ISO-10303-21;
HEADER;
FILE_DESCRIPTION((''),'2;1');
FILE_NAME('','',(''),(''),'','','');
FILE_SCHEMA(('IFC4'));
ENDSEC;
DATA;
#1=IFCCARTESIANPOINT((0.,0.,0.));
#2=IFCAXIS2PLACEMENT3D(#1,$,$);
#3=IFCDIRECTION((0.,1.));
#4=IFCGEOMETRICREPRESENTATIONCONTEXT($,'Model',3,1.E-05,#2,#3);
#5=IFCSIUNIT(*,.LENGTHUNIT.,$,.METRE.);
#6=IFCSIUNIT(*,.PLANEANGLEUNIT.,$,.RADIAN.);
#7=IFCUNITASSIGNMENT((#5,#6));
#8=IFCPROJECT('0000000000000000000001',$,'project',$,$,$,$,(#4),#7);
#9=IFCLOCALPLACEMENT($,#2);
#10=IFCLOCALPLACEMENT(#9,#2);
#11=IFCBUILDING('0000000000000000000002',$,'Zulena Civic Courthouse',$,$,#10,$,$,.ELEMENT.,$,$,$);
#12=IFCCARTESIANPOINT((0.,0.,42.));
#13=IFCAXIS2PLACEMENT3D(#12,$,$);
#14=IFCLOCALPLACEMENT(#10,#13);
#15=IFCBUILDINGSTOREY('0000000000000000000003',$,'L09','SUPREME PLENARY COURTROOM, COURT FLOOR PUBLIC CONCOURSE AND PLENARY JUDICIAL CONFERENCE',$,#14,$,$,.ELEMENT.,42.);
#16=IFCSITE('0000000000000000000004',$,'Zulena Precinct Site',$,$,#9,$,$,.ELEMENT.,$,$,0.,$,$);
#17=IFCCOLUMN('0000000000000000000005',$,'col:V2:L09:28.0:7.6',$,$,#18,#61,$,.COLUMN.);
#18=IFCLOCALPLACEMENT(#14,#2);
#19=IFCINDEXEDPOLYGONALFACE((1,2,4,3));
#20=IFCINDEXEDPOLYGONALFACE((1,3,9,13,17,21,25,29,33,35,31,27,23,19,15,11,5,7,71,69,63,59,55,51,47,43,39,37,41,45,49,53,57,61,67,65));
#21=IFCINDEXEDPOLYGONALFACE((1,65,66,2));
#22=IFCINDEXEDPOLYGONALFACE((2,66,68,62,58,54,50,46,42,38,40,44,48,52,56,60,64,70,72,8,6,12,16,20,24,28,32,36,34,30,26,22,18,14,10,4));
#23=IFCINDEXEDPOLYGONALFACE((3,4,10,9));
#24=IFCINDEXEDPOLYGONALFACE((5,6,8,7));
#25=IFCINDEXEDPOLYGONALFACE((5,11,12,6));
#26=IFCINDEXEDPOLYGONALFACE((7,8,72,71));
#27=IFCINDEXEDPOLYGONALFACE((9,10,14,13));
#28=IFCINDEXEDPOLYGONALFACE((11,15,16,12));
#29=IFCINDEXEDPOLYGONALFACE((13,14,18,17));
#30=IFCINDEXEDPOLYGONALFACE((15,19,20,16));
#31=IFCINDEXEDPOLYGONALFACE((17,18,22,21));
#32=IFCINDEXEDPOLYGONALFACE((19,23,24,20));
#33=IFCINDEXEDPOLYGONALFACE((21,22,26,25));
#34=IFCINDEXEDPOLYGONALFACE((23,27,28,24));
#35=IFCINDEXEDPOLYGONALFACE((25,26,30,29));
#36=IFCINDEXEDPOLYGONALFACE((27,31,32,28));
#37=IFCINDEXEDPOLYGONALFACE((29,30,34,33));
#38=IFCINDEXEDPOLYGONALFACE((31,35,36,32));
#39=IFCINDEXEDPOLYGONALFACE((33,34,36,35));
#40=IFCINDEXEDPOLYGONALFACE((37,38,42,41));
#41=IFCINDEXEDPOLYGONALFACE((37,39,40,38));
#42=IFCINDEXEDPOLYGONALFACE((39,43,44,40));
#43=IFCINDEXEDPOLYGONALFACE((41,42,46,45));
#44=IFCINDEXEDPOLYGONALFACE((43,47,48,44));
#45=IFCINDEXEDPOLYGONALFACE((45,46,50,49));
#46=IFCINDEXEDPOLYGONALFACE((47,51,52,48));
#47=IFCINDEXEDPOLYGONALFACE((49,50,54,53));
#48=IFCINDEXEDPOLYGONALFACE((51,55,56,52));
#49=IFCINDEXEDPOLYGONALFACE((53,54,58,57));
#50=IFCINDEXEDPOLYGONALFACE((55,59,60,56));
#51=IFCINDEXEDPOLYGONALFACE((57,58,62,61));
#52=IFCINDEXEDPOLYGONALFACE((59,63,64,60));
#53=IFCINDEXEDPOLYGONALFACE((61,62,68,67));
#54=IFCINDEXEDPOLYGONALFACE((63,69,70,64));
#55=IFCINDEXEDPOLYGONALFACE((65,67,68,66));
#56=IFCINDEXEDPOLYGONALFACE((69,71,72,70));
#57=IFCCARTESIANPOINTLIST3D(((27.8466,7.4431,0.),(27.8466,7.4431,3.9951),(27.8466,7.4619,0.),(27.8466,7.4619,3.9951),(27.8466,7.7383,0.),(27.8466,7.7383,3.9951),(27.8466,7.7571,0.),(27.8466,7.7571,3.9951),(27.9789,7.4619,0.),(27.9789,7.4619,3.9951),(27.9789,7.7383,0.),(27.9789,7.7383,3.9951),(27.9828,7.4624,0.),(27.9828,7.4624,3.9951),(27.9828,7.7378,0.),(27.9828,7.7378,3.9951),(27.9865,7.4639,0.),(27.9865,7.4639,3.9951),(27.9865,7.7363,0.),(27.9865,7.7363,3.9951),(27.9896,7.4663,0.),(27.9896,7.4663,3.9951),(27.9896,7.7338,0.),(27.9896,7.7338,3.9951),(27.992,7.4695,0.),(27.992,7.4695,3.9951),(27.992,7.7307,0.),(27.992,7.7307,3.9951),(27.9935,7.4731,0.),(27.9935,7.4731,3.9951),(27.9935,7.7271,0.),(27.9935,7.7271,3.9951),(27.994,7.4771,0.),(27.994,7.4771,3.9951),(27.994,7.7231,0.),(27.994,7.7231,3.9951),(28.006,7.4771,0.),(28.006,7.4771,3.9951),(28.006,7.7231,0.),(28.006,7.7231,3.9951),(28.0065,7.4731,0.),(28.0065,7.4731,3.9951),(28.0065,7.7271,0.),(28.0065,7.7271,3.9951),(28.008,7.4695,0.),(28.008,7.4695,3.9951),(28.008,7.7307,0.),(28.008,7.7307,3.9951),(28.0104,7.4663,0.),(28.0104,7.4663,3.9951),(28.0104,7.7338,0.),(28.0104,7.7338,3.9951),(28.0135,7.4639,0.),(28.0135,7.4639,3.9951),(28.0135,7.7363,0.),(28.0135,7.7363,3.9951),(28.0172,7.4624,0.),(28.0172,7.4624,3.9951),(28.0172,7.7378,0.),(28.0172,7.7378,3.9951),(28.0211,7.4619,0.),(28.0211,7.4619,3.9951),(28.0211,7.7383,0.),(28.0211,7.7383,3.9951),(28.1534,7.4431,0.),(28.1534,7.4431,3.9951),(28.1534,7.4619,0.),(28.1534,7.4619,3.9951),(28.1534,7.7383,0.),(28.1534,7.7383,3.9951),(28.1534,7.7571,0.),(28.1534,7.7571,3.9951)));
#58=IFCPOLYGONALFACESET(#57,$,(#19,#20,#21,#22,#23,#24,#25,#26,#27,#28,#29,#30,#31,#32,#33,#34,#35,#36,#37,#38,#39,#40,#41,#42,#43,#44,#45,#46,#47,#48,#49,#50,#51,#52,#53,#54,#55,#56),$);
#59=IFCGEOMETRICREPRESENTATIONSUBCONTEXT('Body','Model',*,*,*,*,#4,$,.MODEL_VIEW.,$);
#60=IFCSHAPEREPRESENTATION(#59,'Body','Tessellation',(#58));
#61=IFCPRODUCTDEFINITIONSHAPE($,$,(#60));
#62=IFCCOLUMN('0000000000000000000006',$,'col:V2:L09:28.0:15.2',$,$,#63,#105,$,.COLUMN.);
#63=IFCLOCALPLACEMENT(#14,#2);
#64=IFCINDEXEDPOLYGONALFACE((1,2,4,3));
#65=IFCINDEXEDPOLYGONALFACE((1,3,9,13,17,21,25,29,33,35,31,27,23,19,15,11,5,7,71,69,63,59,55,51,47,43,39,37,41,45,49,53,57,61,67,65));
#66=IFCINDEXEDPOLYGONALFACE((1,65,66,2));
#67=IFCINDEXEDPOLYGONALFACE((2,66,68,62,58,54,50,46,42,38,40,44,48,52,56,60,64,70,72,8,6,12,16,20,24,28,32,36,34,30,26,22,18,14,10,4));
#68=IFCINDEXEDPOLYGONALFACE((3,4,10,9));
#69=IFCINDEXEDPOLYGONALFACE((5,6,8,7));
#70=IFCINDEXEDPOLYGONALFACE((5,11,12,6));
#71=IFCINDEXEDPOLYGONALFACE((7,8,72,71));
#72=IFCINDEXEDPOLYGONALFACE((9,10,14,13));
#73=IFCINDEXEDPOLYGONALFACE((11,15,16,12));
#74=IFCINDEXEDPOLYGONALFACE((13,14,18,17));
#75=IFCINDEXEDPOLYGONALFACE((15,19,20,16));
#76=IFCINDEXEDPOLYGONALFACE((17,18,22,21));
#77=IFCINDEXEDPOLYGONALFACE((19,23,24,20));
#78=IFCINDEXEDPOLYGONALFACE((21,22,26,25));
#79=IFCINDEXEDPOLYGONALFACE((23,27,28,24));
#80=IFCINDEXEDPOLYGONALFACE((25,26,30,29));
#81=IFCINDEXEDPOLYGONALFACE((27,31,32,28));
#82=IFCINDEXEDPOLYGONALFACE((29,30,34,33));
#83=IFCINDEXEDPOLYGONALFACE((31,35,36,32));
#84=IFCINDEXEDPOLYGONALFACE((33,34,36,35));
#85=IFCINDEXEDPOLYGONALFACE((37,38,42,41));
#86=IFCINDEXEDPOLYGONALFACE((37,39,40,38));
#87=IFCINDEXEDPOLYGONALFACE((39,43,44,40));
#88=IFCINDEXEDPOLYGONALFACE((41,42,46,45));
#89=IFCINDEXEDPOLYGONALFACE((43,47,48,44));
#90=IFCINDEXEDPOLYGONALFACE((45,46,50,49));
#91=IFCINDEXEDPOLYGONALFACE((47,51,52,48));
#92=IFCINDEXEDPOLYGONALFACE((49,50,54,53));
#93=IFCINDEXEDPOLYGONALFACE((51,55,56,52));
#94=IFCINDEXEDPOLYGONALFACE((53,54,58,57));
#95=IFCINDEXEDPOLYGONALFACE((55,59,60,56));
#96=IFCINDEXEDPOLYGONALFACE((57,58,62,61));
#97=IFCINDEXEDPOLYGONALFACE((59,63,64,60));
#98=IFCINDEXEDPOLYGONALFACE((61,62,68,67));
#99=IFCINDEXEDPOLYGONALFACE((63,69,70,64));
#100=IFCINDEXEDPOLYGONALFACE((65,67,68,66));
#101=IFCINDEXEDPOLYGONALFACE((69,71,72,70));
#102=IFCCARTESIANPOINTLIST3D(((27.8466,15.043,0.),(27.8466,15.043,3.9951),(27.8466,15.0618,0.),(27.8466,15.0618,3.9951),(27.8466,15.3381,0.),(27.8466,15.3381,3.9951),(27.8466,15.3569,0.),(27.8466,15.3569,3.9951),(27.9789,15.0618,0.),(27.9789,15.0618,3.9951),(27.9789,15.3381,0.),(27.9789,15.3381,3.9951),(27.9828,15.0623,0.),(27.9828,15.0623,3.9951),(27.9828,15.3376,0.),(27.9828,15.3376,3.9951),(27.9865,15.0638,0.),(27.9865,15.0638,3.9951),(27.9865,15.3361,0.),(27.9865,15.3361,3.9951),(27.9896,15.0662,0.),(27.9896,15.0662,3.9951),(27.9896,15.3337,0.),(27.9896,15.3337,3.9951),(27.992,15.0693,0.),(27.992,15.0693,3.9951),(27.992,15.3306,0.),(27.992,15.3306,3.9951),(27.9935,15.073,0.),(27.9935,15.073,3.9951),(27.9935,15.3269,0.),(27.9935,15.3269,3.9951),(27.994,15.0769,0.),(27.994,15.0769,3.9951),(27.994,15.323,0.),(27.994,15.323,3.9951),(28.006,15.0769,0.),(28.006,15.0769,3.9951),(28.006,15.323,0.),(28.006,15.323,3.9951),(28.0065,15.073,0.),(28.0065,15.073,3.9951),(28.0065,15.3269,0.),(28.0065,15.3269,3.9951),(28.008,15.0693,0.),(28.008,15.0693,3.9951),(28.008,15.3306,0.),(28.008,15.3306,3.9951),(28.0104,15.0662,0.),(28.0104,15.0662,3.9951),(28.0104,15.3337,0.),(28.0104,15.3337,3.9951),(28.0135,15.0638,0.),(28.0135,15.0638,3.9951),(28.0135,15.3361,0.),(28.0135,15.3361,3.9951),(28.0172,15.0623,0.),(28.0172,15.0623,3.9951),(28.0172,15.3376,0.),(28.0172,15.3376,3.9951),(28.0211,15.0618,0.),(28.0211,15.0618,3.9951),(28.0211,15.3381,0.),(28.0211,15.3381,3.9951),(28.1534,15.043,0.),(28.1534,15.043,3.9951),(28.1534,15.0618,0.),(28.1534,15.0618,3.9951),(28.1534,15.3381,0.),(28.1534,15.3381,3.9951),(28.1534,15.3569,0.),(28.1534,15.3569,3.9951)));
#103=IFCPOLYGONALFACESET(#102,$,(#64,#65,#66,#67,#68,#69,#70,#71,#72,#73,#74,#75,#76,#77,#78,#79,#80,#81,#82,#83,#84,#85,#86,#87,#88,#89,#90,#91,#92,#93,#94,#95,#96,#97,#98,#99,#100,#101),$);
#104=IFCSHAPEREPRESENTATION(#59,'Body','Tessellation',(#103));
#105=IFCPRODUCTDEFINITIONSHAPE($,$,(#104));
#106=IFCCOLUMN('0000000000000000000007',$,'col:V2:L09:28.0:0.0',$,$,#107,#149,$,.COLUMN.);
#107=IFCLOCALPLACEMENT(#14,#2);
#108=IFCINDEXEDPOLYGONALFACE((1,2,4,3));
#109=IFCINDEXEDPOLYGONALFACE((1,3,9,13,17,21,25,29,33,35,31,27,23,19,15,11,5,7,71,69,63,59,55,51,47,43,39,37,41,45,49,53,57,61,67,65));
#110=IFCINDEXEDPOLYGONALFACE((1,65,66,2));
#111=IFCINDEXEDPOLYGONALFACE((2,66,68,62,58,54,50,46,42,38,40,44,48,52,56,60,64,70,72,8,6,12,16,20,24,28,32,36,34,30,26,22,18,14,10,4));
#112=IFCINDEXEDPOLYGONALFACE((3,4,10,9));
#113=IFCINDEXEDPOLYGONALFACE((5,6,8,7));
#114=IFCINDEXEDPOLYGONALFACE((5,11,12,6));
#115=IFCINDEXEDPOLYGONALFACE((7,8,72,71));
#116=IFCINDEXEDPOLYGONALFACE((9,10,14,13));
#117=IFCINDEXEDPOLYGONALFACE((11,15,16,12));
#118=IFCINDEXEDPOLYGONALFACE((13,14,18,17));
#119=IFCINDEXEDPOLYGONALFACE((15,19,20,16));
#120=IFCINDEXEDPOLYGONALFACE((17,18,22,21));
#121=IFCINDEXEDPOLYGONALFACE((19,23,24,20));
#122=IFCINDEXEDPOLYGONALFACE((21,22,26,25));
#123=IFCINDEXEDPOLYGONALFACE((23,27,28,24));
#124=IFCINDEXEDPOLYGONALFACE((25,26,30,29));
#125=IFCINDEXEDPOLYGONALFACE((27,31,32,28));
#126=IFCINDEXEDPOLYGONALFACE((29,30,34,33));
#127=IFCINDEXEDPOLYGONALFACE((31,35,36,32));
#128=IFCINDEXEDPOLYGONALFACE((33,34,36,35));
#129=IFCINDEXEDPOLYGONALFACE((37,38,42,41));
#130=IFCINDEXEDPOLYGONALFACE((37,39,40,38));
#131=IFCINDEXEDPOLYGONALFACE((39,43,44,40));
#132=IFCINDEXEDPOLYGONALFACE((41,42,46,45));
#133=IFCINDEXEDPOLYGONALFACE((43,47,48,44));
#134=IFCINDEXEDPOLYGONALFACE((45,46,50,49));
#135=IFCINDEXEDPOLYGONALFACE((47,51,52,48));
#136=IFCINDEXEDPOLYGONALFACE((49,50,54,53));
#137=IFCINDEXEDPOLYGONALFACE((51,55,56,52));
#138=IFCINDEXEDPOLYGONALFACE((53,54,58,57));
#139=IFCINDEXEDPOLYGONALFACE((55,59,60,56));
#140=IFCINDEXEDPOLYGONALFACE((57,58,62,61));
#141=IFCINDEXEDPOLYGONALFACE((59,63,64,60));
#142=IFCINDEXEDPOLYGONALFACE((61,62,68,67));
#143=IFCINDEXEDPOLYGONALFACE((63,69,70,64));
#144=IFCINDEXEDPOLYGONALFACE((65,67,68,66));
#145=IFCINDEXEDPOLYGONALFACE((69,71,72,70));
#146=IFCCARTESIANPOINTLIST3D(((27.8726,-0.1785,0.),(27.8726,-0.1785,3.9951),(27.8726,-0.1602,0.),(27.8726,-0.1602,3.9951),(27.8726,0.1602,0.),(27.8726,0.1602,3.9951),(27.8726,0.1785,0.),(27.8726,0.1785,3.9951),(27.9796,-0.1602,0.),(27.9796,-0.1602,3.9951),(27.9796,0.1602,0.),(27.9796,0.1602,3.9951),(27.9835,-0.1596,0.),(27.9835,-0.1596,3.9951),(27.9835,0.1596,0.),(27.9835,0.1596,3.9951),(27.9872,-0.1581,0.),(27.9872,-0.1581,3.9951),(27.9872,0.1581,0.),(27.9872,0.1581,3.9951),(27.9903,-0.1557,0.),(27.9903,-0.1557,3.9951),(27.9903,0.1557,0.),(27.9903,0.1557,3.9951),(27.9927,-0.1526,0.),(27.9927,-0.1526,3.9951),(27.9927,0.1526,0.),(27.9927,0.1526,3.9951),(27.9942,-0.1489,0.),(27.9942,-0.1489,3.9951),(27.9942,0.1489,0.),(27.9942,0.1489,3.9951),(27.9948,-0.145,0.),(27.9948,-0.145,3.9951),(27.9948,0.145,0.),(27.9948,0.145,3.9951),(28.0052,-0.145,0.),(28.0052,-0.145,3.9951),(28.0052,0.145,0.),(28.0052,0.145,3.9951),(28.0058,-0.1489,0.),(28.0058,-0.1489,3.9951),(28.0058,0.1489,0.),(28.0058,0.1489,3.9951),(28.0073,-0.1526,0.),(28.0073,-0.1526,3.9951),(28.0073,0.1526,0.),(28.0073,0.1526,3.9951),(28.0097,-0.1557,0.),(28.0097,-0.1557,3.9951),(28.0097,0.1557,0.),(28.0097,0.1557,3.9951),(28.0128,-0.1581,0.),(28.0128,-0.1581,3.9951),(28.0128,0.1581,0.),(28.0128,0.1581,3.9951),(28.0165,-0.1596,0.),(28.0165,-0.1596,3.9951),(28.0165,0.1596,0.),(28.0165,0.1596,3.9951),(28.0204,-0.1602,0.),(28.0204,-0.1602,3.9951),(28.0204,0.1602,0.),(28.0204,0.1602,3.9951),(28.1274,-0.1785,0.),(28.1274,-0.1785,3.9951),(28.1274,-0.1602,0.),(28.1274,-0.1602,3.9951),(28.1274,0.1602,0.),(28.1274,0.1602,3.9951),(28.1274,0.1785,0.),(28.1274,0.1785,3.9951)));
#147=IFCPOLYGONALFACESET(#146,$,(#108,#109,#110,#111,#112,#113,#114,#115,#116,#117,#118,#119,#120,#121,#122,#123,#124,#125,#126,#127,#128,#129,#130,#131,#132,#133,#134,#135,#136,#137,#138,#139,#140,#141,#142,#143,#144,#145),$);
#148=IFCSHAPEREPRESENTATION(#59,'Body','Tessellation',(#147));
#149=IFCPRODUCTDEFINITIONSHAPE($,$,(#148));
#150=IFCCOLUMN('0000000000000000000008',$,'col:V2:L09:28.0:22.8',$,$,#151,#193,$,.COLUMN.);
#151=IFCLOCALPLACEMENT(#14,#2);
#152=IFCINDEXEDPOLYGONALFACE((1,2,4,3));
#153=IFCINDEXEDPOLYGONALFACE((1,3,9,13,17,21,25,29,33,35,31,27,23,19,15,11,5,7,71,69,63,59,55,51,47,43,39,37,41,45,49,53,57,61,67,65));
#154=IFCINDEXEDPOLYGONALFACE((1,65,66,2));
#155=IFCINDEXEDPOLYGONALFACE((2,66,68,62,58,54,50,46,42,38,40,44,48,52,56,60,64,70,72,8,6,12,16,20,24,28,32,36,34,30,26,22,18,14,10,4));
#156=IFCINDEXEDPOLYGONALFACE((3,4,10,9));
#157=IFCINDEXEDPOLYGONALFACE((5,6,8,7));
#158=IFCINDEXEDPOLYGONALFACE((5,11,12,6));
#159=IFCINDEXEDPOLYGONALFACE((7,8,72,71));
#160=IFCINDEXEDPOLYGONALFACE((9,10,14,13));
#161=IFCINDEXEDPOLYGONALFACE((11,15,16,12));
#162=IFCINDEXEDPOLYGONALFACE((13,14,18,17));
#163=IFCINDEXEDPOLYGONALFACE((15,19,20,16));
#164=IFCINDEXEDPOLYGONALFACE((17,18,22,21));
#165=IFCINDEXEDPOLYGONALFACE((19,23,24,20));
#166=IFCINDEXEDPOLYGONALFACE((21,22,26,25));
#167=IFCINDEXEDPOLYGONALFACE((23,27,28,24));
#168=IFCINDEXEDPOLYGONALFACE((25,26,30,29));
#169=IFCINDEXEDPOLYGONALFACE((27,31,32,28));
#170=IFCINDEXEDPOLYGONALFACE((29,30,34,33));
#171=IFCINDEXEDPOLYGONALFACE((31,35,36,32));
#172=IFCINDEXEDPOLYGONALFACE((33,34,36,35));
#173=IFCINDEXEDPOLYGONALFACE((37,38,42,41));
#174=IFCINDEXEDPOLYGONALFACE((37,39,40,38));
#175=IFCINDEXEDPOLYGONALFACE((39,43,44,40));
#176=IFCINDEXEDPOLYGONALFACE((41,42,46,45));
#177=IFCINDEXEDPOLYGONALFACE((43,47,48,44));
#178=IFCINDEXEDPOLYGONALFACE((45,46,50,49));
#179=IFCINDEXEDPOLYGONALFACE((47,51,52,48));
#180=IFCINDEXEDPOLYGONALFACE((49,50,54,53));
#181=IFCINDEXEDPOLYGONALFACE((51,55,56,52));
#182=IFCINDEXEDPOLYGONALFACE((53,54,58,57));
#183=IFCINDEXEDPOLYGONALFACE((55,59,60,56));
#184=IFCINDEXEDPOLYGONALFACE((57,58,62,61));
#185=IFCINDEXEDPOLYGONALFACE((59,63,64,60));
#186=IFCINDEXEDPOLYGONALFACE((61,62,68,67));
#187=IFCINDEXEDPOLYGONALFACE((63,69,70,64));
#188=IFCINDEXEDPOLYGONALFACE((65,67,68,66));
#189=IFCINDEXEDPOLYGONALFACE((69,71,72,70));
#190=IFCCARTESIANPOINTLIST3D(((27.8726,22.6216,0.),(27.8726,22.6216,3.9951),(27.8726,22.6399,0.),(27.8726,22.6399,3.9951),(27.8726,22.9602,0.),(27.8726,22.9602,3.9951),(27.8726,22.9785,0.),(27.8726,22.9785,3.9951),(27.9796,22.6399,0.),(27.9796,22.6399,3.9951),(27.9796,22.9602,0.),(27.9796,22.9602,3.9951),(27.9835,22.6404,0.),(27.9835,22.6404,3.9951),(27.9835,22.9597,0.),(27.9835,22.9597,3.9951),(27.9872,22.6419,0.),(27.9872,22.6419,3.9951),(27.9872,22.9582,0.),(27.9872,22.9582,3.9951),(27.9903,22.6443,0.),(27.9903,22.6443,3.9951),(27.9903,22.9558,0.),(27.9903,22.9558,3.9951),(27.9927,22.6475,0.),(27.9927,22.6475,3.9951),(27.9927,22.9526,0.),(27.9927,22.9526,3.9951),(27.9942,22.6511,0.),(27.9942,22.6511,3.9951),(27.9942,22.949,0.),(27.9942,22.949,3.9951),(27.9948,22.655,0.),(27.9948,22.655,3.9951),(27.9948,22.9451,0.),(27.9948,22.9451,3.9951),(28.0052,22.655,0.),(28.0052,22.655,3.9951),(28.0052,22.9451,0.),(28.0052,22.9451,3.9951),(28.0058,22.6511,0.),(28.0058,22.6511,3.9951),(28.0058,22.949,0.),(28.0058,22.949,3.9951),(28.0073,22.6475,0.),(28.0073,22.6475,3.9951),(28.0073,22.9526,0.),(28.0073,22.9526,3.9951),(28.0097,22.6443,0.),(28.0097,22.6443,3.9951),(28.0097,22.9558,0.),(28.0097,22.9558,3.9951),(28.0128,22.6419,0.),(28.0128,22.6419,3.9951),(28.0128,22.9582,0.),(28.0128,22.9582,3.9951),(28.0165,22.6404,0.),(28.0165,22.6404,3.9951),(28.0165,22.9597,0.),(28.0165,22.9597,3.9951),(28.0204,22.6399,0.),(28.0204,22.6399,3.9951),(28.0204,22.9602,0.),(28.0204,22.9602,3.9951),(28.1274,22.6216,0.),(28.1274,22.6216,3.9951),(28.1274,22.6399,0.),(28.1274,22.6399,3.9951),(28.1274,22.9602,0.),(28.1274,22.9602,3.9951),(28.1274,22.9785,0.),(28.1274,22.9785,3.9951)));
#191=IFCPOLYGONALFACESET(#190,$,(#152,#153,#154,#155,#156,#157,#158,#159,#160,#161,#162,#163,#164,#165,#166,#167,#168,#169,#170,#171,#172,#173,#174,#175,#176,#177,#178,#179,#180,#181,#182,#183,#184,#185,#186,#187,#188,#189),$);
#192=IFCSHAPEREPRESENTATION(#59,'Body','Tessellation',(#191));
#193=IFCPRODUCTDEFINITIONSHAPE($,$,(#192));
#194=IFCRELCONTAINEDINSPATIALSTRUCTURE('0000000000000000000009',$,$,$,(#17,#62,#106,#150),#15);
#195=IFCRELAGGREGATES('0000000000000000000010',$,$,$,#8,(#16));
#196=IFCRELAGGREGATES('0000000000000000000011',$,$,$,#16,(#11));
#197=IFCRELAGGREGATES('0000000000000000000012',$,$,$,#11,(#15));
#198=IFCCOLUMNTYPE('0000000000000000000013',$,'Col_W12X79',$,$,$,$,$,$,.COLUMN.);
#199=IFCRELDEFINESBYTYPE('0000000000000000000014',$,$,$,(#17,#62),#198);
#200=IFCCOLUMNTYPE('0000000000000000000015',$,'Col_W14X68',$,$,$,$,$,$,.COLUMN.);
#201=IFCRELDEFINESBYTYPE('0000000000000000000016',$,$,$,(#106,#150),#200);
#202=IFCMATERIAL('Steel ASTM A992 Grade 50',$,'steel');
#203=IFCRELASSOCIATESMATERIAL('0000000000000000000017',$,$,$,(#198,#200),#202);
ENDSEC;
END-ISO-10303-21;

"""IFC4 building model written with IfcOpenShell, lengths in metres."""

from ifc_helpers import new_model, si_unit, direction, frame, origin, origin_2d, place, context, subcontext, project, spatial, i_section, extrude, material, material_profile, profile_set, type_object, element, save


model = new_model("IFC4")

# Units and contexts
model_context = context("Model", 3, precision=1e-05, world=origin(), true_north=direction((0.0, 1.0)))
body_context = subcontext(model_context, "Body", "Model", "MODEL_VIEW")
ifc_project = project(units=[si_unit("LENGTHUNIT", "METRE"), si_unit("PLANEANGLEUNIT", "RADIAN")], contexts=[model_context])

# Site, building, storey
site_placement = place(None, origin())
site = spatial("IfcSite", under=ifc_project, at=site_placement, Name="Zulena Precinct Site", CompositionType="ELEMENT", RefElevation=0.0)
building_placement = place(site_placement, origin())
building = spatial("IfcBuilding", under=site, at=building_placement, Name="Zulena Civic Courthouse", CompositionType="ELEMENT")
storey_placement = place(building_placement, frame((0.0, 0.0, 42.0)))
storey = spatial("IfcBuildingStorey", under=building, at=storey_placement, Name="L09", Description="SUPREME PLENARY COURTROOM, COURT FLOOR PUBLIC CONCOURSE AND PLENARY JUDICIAL CONFERENCE", CompositionType="ELEMENT", Elevation=42.0)

# Columns
ifc_material_1 = material(Name="Steel ASTM A992 Grade 50", Category="steel")
ifc_material_profile_1 = material_profile(ifc_material_1, i_section(OverallWidth=0.3069, OverallDepth=0.314, WebThickness=0.012, FlangeThickness=0.0188, FilletRadius=0.0151, at=origin_2d()), Name="W12X79")
ifc_profile_set_1 = profile_set([ifc_material_profile_1], Name="Steel ASTM A992 Grade 50")
column_type_1 = type_object("IfcColumnType", Name="Col_W12X79", PredefinedType="COLUMN", material=ifc_profile_set_1)
for number, where, z_axis, x_axis, name in (
    (1, (28.0, 7.6001, 0.0), (0.0, 0.0, 1.0), (1.0, 0.0, 0.0), "col:V2:L09:28.0:7.6"),
    (2, (28.0, 15.2, 0.0), (0.0, 0.0, 1.0), (1.0, 0.0, 0.0), "col:V2:L09:28.0:15.2"),
):
    element("IfcColumn", number, at=place(storey_placement, frame(where, z_axis=z_axis, x_axis=x_axis)), inside=storey, type_object=column_type_1, Name=name, PredefinedType="COLUMN", context=body_context, shape_type="SweptSolid", body=[
        extrude(i_section(OverallWidth=0.3069, OverallDepth=0.314, WebThickness=0.012, FlangeThickness=0.0188, FilletRadius=0.0151, at=origin_2d()), origin(), (0.0, 0.0, 1.0), 3.9951),
    ])
ifc_material_profile_2 = material_profile(ifc_material_1, i_section(OverallWidth=0.2549, OverallDepth=0.3569, WebThickness=0.0105, FlangeThickness=0.0183, FilletRadius=0.0151, at=origin_2d()), Name="W14X68")
ifc_profile_set_2 = profile_set([ifc_material_profile_2], Name="Steel ASTM A992 Grade 50")
column_type_2 = type_object("IfcColumnType", Name="Col_W14X68", PredefinedType="COLUMN", material=ifc_profile_set_2)
for number, where, z_axis, x_axis, name in (
    (3, (28.0, 0.0, 0.0), (0.0, 0.0, 1.0), (1.0, 0.0, 0.0), "col:V2:L09:28.0:0.0"),
    (4, (28.0, 22.8, 0.0), (0.0, 0.0, 1.0), (1.0, 0.0, 0.0), "col:V2:L09:28.0:22.8"),
):
    element("IfcColumn", number, at=place(storey_placement, frame(where, z_axis=z_axis, x_axis=x_axis)), inside=storey, type_object=column_type_2, Name=name, PredefinedType="COLUMN", context=body_context, shape_type="SweptSolid", body=[
        extrude(i_section(OverallWidth=0.2549, OverallDepth=0.3569, WebThickness=0.0105, FlangeThickness=0.0183, FilletRadius=0.0151, at=origin_2d()), origin(), (0.0, 0.0, 1.0), 3.9951),
    ])

save(model, "model.ifc")
